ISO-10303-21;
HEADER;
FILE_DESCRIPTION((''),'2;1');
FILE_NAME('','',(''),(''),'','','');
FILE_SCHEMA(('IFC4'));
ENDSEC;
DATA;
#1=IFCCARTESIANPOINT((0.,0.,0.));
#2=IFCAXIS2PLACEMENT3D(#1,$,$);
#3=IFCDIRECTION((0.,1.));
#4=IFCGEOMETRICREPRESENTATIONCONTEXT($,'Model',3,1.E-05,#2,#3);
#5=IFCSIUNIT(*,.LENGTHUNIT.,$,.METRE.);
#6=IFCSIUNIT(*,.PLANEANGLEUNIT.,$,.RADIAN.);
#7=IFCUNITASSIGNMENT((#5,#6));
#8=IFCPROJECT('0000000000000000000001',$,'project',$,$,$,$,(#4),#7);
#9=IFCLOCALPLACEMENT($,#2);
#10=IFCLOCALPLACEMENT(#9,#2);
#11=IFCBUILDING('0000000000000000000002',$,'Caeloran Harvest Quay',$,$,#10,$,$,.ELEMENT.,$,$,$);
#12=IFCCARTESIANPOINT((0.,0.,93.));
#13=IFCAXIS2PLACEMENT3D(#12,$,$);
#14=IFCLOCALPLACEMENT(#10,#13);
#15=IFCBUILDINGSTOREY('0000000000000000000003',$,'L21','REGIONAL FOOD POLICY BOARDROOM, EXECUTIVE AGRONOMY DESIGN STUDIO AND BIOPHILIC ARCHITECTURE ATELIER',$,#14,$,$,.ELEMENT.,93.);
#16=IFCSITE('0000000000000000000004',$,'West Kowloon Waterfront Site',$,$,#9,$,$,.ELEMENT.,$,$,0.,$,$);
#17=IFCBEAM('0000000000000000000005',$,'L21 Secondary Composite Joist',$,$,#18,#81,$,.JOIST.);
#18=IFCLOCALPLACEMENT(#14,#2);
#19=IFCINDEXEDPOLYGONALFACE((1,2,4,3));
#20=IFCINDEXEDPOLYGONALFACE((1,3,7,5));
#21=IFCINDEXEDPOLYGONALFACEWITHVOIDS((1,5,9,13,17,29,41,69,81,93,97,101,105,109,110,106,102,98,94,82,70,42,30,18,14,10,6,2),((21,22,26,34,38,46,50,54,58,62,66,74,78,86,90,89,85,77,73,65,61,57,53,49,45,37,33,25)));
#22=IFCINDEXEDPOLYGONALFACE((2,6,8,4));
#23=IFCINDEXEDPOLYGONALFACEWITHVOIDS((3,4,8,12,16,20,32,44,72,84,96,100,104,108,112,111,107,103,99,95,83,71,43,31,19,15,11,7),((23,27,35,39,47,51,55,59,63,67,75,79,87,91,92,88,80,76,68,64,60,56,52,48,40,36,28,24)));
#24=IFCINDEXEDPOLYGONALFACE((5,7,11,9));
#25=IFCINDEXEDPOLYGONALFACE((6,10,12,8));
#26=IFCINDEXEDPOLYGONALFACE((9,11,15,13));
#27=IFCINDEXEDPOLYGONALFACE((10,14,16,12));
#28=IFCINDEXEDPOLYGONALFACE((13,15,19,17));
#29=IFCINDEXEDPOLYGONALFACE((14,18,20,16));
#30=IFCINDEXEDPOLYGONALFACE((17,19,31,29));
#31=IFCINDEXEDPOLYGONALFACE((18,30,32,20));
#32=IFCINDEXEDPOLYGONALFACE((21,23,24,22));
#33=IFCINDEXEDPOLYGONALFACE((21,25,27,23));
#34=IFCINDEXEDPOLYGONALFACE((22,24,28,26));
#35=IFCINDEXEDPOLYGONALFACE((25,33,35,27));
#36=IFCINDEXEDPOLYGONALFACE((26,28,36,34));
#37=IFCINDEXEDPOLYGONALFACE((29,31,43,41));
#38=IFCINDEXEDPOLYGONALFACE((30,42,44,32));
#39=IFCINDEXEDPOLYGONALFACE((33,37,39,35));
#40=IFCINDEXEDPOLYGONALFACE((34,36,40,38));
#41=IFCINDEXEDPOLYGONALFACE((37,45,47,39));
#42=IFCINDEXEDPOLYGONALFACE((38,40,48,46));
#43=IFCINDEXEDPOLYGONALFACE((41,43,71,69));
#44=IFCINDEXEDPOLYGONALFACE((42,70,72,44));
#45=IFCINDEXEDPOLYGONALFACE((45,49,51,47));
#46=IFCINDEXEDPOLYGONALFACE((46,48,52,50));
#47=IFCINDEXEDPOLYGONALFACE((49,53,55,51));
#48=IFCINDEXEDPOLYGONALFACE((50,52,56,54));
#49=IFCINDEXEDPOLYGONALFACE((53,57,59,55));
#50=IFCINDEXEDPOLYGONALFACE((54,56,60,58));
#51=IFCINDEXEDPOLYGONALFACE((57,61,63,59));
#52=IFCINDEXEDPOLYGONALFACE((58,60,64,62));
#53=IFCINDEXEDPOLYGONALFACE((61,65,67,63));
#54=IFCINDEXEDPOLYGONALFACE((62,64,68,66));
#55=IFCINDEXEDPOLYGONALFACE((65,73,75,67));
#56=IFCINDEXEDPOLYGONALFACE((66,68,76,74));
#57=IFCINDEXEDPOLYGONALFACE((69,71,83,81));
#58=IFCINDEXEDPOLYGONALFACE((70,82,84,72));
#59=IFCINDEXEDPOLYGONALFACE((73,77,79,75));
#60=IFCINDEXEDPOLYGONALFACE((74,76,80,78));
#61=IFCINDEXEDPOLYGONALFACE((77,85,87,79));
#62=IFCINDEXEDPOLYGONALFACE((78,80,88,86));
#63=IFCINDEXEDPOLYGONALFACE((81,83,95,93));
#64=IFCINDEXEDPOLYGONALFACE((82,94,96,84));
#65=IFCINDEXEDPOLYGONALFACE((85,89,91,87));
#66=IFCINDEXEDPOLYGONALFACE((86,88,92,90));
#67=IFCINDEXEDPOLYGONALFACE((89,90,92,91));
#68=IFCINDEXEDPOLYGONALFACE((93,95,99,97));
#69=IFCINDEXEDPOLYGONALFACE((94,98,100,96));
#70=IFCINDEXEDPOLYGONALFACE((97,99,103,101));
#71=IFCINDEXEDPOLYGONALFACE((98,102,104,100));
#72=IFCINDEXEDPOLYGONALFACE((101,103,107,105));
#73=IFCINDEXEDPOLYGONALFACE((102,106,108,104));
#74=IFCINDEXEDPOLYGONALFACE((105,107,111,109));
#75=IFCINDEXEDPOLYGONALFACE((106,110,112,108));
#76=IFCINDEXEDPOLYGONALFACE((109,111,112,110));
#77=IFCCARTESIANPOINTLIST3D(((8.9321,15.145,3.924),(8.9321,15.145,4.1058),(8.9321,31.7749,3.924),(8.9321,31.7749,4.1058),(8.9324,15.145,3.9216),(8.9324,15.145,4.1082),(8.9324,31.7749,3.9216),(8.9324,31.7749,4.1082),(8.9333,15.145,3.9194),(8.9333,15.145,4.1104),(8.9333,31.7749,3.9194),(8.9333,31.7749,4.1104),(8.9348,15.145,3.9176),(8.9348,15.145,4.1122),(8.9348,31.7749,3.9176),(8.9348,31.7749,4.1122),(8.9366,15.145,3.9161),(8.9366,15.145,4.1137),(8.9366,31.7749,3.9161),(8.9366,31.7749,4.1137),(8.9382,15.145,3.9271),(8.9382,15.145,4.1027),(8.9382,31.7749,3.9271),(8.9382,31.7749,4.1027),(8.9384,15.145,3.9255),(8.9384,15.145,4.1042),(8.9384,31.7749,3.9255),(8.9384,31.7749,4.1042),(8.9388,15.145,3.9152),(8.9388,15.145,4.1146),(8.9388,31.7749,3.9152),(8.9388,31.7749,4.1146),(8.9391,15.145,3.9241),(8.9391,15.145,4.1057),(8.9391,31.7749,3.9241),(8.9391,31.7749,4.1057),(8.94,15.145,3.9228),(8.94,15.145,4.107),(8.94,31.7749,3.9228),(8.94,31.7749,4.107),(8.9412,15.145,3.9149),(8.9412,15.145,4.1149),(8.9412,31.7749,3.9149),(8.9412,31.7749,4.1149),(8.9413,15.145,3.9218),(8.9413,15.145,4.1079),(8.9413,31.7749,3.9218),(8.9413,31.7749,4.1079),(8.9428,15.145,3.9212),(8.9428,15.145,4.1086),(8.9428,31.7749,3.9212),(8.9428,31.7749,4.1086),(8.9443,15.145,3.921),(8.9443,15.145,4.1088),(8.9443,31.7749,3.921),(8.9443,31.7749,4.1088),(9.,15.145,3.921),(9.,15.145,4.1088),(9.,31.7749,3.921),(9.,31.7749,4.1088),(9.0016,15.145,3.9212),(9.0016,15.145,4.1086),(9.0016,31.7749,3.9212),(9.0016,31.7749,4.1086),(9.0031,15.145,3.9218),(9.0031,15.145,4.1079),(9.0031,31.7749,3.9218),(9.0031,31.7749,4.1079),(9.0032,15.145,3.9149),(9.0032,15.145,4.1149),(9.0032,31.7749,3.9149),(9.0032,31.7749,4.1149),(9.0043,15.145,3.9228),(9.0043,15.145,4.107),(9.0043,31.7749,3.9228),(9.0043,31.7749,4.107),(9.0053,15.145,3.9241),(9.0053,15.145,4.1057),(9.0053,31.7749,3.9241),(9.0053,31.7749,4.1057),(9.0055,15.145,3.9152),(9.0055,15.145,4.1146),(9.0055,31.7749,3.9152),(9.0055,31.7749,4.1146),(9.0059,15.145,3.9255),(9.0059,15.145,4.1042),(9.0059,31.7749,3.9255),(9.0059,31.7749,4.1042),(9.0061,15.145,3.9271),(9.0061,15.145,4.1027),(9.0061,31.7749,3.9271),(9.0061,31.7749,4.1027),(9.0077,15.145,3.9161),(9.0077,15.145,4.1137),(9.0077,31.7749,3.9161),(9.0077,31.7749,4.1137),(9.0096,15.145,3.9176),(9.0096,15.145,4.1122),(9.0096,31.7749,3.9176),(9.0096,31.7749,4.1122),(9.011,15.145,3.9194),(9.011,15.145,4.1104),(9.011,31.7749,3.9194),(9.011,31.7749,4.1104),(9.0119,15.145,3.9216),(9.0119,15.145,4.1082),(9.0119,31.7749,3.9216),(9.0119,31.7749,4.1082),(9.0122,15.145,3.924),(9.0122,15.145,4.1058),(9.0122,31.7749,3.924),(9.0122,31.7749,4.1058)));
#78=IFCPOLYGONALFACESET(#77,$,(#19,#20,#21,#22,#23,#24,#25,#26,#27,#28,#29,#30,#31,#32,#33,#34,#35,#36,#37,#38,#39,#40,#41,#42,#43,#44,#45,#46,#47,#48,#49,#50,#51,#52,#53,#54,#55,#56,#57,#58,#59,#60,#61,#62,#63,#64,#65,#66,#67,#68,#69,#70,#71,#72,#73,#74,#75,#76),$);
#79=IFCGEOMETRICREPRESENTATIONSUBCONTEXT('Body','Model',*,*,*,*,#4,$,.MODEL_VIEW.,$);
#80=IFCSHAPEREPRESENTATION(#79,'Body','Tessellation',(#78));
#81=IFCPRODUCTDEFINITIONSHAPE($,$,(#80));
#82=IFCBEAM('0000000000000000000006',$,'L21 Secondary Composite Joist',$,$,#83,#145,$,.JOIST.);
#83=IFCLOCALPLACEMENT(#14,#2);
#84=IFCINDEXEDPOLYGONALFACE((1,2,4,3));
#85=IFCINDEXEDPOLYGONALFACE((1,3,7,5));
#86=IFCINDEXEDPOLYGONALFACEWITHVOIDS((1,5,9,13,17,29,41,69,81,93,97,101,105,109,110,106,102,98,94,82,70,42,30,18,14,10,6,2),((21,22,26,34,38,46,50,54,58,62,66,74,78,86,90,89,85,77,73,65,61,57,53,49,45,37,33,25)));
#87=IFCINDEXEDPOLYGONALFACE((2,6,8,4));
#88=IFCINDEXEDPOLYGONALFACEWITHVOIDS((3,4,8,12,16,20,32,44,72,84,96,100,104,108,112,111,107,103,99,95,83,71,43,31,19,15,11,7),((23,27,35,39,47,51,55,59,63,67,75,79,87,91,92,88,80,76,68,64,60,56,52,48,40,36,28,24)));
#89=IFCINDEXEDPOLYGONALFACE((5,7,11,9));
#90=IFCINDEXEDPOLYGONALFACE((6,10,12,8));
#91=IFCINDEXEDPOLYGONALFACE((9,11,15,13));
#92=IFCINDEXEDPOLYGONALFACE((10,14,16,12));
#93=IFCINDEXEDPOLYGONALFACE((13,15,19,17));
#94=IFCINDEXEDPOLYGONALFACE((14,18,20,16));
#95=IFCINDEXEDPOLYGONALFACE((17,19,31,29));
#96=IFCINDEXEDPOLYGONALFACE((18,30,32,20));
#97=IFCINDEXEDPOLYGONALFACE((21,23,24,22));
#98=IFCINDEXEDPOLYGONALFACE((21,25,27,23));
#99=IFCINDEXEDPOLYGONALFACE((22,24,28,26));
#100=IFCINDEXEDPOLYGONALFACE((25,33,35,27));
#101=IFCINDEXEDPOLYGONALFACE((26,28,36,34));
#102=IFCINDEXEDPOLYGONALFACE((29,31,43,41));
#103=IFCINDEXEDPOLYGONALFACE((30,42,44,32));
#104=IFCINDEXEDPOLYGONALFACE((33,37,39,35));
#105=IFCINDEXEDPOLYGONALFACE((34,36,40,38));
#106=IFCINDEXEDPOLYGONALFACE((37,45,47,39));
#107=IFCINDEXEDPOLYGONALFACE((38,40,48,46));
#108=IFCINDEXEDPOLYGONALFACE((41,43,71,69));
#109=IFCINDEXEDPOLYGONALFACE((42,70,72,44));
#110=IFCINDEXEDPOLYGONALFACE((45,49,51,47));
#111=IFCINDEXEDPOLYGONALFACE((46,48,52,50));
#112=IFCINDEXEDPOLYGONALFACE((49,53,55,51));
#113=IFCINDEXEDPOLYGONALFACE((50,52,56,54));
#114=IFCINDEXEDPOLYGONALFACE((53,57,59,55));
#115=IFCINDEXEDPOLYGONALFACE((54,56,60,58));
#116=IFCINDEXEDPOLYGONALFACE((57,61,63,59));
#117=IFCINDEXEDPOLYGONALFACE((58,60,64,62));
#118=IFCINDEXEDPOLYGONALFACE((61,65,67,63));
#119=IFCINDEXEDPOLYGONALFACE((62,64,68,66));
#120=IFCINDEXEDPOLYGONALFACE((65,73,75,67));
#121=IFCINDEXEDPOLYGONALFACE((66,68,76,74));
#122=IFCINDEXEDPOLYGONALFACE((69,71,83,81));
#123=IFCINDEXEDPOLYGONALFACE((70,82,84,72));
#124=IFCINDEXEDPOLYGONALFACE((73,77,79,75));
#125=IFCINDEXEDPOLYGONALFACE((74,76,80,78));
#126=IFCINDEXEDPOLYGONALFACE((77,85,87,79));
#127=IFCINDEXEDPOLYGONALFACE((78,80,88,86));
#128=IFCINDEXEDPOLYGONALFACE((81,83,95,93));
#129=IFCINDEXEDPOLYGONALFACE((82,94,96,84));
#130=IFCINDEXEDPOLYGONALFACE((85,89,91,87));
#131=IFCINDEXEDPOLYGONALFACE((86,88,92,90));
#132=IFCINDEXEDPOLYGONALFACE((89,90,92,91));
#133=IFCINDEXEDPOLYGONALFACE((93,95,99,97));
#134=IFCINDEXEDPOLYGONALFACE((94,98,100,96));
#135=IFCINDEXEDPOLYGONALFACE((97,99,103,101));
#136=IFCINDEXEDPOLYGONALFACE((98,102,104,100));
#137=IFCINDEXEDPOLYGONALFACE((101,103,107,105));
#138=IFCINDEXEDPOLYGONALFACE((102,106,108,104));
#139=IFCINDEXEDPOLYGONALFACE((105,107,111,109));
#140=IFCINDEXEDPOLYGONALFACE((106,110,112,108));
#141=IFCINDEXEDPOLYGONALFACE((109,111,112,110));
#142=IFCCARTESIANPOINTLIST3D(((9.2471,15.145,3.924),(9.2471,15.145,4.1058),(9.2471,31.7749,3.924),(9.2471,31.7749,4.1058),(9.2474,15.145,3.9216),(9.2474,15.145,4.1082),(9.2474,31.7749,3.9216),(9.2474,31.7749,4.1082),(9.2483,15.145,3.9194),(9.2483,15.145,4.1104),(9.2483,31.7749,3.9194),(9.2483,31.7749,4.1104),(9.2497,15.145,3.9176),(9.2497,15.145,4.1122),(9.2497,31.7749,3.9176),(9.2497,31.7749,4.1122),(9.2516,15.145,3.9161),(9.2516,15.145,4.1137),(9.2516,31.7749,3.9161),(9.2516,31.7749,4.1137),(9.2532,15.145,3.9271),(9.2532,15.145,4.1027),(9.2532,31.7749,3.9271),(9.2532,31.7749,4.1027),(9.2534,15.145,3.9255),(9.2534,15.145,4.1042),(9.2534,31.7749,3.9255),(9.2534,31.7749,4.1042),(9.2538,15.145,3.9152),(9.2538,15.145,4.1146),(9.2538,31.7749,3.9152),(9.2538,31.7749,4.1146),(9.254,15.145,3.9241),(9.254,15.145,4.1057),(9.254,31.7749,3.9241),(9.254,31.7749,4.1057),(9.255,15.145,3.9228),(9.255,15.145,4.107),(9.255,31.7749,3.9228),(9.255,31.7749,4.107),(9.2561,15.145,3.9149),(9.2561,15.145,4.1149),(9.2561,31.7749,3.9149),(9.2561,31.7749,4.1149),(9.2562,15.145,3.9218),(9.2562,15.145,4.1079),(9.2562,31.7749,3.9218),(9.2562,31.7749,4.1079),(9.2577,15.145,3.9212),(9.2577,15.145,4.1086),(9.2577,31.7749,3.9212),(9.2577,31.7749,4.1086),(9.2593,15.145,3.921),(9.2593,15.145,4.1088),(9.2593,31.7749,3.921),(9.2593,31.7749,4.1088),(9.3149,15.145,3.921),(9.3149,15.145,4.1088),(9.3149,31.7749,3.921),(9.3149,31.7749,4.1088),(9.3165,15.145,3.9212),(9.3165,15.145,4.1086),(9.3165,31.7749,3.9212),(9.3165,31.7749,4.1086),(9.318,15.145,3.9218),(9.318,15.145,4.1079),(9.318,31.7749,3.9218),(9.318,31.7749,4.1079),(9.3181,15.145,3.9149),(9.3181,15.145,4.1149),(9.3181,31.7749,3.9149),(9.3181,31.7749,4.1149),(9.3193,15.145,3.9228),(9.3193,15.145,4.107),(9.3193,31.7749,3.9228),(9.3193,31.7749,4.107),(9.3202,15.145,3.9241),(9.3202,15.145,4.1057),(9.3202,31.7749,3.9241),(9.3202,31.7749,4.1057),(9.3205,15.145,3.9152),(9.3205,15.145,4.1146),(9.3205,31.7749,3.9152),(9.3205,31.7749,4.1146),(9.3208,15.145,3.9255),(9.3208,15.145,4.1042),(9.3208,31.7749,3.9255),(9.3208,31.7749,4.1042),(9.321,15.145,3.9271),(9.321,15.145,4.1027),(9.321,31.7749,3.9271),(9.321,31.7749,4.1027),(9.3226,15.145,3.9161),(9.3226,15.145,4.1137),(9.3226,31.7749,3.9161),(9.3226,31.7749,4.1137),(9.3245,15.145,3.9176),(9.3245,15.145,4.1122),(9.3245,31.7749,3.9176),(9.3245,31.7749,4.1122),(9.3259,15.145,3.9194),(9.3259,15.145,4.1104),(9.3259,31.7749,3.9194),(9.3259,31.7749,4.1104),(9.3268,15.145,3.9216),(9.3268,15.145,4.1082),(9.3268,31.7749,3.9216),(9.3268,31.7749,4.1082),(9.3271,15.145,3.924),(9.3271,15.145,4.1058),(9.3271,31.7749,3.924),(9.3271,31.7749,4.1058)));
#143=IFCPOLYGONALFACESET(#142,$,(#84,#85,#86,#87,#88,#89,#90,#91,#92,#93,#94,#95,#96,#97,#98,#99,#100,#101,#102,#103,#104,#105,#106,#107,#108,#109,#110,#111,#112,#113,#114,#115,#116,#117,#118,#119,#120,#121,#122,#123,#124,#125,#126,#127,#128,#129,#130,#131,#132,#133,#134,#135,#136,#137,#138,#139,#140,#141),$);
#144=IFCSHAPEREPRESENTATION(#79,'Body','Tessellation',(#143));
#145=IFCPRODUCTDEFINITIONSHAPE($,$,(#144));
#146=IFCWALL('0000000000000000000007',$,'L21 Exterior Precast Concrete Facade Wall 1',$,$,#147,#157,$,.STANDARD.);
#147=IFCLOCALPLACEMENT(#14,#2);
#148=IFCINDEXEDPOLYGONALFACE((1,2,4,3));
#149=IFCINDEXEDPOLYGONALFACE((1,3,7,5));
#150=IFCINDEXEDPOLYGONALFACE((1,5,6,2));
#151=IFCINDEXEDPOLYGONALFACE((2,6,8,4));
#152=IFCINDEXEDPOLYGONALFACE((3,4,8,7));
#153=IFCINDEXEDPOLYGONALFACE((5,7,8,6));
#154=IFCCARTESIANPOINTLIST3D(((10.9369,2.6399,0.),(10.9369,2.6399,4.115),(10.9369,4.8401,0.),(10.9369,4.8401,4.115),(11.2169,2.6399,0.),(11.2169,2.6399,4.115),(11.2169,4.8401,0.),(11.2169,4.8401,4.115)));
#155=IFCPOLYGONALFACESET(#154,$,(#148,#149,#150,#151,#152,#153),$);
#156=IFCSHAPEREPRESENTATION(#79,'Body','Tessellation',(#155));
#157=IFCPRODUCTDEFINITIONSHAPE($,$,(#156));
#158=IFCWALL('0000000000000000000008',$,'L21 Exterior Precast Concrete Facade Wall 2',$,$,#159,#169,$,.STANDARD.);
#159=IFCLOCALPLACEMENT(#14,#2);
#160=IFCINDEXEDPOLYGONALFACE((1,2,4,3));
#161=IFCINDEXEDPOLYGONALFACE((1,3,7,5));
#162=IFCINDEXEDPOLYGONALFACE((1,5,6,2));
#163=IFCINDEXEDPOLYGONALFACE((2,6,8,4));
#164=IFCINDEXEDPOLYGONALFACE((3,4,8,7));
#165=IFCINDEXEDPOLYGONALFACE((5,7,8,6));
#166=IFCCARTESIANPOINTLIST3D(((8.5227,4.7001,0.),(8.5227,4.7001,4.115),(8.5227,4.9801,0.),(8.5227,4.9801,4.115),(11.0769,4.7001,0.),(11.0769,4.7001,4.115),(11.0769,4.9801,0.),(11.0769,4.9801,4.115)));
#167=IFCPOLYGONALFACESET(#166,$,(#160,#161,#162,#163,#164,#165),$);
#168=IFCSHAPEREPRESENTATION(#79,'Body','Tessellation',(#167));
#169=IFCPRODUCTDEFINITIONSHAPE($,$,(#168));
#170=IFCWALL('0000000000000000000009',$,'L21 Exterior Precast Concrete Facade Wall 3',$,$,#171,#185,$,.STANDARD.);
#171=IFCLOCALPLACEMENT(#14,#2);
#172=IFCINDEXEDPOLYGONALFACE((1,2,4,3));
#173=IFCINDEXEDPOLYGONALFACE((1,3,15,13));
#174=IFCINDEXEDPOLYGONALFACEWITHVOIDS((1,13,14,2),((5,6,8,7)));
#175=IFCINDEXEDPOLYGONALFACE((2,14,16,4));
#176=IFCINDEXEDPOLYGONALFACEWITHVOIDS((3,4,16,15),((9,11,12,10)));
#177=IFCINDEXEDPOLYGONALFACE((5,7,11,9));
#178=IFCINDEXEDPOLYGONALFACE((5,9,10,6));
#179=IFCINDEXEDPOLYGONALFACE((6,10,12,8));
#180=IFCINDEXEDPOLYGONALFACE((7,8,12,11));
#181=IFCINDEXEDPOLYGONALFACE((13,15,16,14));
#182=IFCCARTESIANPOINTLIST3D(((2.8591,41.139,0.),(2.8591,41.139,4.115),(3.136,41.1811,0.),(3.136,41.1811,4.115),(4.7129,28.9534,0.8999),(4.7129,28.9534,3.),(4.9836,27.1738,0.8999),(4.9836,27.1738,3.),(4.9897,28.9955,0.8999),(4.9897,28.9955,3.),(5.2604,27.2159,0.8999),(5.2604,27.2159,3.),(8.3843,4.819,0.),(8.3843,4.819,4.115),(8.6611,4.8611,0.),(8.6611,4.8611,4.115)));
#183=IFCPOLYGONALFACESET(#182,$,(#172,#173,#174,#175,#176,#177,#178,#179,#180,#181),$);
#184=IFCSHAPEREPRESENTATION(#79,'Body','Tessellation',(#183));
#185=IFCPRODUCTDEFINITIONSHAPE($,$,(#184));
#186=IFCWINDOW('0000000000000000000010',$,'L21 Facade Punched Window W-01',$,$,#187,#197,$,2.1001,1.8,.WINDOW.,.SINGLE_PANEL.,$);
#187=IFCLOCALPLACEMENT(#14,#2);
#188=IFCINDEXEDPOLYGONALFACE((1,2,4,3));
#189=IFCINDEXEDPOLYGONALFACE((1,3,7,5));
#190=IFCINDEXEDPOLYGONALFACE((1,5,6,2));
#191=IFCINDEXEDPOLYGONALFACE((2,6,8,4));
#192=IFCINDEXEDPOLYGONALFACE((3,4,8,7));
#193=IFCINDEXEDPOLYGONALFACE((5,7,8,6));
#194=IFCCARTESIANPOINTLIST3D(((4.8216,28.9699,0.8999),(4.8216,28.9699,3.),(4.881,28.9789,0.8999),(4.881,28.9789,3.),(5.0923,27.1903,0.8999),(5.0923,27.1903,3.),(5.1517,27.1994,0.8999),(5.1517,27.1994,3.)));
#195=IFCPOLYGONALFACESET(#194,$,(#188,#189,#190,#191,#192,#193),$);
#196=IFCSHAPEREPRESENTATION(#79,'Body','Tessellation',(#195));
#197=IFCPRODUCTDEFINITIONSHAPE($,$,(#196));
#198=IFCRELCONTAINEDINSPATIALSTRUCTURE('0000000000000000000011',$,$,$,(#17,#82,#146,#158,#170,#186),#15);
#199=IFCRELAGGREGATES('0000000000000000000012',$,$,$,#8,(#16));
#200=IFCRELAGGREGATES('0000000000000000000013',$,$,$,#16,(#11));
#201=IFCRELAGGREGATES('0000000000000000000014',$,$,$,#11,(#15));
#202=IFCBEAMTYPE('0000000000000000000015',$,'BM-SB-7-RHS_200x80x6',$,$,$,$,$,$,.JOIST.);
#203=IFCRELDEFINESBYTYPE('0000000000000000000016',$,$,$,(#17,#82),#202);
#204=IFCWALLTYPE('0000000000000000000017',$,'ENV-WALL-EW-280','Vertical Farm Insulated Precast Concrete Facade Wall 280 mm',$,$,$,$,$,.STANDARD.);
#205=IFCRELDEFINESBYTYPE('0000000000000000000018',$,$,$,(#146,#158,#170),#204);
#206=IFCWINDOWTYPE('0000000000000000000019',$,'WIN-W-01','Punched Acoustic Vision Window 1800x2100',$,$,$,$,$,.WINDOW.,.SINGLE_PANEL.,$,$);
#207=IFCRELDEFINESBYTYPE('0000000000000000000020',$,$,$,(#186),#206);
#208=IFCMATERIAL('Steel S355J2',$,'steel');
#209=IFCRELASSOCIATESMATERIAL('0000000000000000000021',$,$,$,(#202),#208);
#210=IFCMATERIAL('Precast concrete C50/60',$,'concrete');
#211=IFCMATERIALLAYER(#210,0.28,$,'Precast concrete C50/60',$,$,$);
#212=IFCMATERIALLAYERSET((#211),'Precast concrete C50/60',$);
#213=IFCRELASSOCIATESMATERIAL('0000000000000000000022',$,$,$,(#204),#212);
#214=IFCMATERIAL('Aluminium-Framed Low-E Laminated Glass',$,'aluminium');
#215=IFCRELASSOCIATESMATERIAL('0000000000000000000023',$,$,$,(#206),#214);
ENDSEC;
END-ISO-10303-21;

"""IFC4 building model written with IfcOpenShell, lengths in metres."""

from ifc_helpers import new_model, si_unit, direction, frame, frame_2d, origin, origin_2d, place, context, subcontext, project, spatial, rectangle, hollow_rectangle, extrude, material, layer, layer_set, material_profile, profile_set, type_object, element, fill, save


model = new_model("IFC4")

# Units and contexts
model_context = context("Model", 3, precision=1e-05, world=origin(), true_north=direction((0.0, 1.0)))
body_context = subcontext(model_context, "Body", "Model", "MODEL_VIEW")
ifc_project = project(units=[si_unit("LENGTHUNIT", "METRE"), si_unit("PLANEANGLEUNIT", "RADIAN")], contexts=[model_context])

# Site, building, storey
site_placement = place(None, origin())
site = spatial("IfcSite", under=ifc_project, at=site_placement, Name="West Kowloon Waterfront Site", CompositionType="ELEMENT", RefElevation=0.0)
building_placement = place(site_placement, origin())
building = spatial("IfcBuilding", under=site, at=building_placement, Name="Caeloran Harvest Quay", CompositionType="ELEMENT")
storey_placement = place(building_placement, frame((0.0, 0.0, 93.0)))
storey = spatial("IfcBuildingStorey", under=building, at=storey_placement, Name="L21", Description="REGIONAL FOOD POLICY BOARDROOM, EXECUTIVE AGRONOMY DESIGN STUDIO AND BIOPHILIC ARCHITECTURE ATELIER", CompositionType="ELEMENT", Elevation=93.0)

# Beams
ifc_material_1 = material(Name="Steel S355J2", Category="steel")
ifc_material_profile_1 = material_profile(ifc_material_1, hollow_rectangle(XDim=0.0801, YDim=0.2, WallThickness=0.0061, InnerFilletRadius=0.0061, OuterFilletRadius=0.009, at=origin_2d()), Name="RHS 200x80x6")
ifc_profile_set_1 = profile_set([ifc_material_profile_1], Name="Steel S355J2")
beam_type_1 = type_object("IfcBeamType", Name="BM-SB-7-RHS_200x80x6", PredefinedType="JOIST", material=ifc_profile_set_1)
for number, where, z_axis, x_axis, name in (
    (1, (8.9722, 15.145, 4.0149), (0.0, 1.0, 0.0), (-1.0, 0.0, 0.0), "L21 Secondary Composite Joist"),
    (2, (9.2871, 15.145, 4.0149), (0.0, 1.0, 0.0), (-1.0, 0.0, 0.0), "L21 Secondary Composite Joist"),
):
    element("IfcBeam", number, at=place(storey_placement, frame(where, z_axis=z_axis, x_axis=x_axis)), inside=storey, type_object=beam_type_1, Name=name, PredefinedType="JOIST", context=body_context, shape_type="SweptSolid", body=[
        extrude(hollow_rectangle(XDim=0.0801, YDim=0.2, WallThickness=0.0061, InnerFilletRadius=0.0061, OuterFilletRadius=0.009, at=origin_2d()), origin(), (0.0, 0.0, 1.0), 16.6299),
    ])

# Walls
ifc_material_2 = material(Name="Precast concrete C50/60", Category="concrete")
ifc_layer_1 = layer(ifc_material_2, 0.28, Name="Precast concrete C50/60")
ifc_layer_set_1 = layer_set([ifc_layer_1], Name="Precast concrete C50/60")
wall_type_1 = type_object("IfcWallType", Name="ENV-WALL-EW-280", Description="Vertical Farm Insulated Precast Concrete Facade Wall 280 mm", PredefinedType="STANDARD", material=ifc_layer_set_1)
wall_1_placement = place(storey_placement, frame((11.0769, 2.6399, 0.0), z_axis=(0.0, 0.0, 1.0), x_axis=(0.0, 1.0, 0.0)))
element("IfcWall", 3, at=wall_1_placement, inside=storey, type_object=wall_type_1, Name="L21 Exterior Precast Concrete Facade Wall 1", PredefinedType="STANDARD", context=body_context, shape_type="SweptSolid", body=[
    extrude(rectangle(XDim=2.2002, YDim=0.28, at=frame_2d((1.1001, 0.0))), origin(), (0.0, 0.0, 1.0), 4.115),
])
wall_2_placement = place(storey_placement, frame((11.0769, 4.8401, 0.0), z_axis=(0.0, 0.0, 1.0), x_axis=(-1.0, 0.0, 0.0)))
element("IfcWall", 4, at=wall_2_placement, inside=storey, type_object=wall_type_1, Name="L21 Exterior Precast Concrete Facade Wall 2", PredefinedType="STANDARD", context=body_context, shape_type="SweptSolid", body=[
    extrude(rectangle(XDim=2.5542, YDim=0.28, at=frame_2d((1.2771, 0.0))), origin(), (0.0, 0.0, 1.0), 4.115),
])

# Wall, opening, window
wall_3_placement = place(storey_placement, frame((8.5227, 4.8401, 0.0), z_axis=(0.0, 0.0, 1.0), x_axis=(-0.150395, 0.988626, 0.0)))
wall_3 = element("IfcWall", 5, at=wall_3_placement, inside=storey, type_object=wall_type_1, Name="L21 Exterior Precast Concrete Facade Wall 3", PredefinedType="STANDARD", context=body_context, shape_type="SweptSolid", body=[
    extrude(rectangle(XDim=36.7378, YDim=0.28, at=frame_2d((18.3689, 0.0))), origin(), (0.0, 0.0, 1.0), 4.115),
])
opening_placement = place(wall_3_placement, frame((22.6121, 0.0, 0.8999)))
opening = element("IfcOpeningElement", 6, at=opening_placement, cuts=wall_3, PredefinedType="OPENING", context=body_context, shape_type="SweptSolid", body=[
    extrude(rectangle(XDim=1.8, YDim=2.1001, at=frame_2d((0.8999, 1.05))), frame((0.0, 0.1499, 0.0), z_axis=(0.0, -1.0, 0.0), x_axis=(1.0, 0.0, 0.0)), (0.0, 0.0, 1.0), 0.3),
])
ifc_material_3 = material(Name="Aluminium-Framed Low-E Laminated Glass", Category="aluminium")
window_type = type_object("IfcWindowType", Name="WIN-W-01", Description="Punched Acoustic Vision Window 1800x2100", PartitioningType="SINGLE_PANEL", PredefinedType="WINDOW", material=ifc_material_3)
window_placement = place(opening_placement, origin())
window = element("IfcWindow", 7, at=window_placement, inside=storey, type_object=window_type, Name="L21 Facade Punched Window W-01", OverallHeight=2.1001, OverallWidth=1.8, PartitioningType="SINGLE_PANEL", PredefinedType="WINDOW", context=body_context, shape_type="SweptSolid", body=[
    extrude(rectangle(XDim=1.8, YDim=2.1001, at=frame_2d((0.8999, 1.05))), frame((0.0, 0.03, 0.0), z_axis=(0.0, -1.0, 0.0), x_axis=(1.0, 0.0, 0.0)), (0.0, 0.0, 1.0), 0.0601),
])
fill(opening, window)

save(model, "model.ifc")
